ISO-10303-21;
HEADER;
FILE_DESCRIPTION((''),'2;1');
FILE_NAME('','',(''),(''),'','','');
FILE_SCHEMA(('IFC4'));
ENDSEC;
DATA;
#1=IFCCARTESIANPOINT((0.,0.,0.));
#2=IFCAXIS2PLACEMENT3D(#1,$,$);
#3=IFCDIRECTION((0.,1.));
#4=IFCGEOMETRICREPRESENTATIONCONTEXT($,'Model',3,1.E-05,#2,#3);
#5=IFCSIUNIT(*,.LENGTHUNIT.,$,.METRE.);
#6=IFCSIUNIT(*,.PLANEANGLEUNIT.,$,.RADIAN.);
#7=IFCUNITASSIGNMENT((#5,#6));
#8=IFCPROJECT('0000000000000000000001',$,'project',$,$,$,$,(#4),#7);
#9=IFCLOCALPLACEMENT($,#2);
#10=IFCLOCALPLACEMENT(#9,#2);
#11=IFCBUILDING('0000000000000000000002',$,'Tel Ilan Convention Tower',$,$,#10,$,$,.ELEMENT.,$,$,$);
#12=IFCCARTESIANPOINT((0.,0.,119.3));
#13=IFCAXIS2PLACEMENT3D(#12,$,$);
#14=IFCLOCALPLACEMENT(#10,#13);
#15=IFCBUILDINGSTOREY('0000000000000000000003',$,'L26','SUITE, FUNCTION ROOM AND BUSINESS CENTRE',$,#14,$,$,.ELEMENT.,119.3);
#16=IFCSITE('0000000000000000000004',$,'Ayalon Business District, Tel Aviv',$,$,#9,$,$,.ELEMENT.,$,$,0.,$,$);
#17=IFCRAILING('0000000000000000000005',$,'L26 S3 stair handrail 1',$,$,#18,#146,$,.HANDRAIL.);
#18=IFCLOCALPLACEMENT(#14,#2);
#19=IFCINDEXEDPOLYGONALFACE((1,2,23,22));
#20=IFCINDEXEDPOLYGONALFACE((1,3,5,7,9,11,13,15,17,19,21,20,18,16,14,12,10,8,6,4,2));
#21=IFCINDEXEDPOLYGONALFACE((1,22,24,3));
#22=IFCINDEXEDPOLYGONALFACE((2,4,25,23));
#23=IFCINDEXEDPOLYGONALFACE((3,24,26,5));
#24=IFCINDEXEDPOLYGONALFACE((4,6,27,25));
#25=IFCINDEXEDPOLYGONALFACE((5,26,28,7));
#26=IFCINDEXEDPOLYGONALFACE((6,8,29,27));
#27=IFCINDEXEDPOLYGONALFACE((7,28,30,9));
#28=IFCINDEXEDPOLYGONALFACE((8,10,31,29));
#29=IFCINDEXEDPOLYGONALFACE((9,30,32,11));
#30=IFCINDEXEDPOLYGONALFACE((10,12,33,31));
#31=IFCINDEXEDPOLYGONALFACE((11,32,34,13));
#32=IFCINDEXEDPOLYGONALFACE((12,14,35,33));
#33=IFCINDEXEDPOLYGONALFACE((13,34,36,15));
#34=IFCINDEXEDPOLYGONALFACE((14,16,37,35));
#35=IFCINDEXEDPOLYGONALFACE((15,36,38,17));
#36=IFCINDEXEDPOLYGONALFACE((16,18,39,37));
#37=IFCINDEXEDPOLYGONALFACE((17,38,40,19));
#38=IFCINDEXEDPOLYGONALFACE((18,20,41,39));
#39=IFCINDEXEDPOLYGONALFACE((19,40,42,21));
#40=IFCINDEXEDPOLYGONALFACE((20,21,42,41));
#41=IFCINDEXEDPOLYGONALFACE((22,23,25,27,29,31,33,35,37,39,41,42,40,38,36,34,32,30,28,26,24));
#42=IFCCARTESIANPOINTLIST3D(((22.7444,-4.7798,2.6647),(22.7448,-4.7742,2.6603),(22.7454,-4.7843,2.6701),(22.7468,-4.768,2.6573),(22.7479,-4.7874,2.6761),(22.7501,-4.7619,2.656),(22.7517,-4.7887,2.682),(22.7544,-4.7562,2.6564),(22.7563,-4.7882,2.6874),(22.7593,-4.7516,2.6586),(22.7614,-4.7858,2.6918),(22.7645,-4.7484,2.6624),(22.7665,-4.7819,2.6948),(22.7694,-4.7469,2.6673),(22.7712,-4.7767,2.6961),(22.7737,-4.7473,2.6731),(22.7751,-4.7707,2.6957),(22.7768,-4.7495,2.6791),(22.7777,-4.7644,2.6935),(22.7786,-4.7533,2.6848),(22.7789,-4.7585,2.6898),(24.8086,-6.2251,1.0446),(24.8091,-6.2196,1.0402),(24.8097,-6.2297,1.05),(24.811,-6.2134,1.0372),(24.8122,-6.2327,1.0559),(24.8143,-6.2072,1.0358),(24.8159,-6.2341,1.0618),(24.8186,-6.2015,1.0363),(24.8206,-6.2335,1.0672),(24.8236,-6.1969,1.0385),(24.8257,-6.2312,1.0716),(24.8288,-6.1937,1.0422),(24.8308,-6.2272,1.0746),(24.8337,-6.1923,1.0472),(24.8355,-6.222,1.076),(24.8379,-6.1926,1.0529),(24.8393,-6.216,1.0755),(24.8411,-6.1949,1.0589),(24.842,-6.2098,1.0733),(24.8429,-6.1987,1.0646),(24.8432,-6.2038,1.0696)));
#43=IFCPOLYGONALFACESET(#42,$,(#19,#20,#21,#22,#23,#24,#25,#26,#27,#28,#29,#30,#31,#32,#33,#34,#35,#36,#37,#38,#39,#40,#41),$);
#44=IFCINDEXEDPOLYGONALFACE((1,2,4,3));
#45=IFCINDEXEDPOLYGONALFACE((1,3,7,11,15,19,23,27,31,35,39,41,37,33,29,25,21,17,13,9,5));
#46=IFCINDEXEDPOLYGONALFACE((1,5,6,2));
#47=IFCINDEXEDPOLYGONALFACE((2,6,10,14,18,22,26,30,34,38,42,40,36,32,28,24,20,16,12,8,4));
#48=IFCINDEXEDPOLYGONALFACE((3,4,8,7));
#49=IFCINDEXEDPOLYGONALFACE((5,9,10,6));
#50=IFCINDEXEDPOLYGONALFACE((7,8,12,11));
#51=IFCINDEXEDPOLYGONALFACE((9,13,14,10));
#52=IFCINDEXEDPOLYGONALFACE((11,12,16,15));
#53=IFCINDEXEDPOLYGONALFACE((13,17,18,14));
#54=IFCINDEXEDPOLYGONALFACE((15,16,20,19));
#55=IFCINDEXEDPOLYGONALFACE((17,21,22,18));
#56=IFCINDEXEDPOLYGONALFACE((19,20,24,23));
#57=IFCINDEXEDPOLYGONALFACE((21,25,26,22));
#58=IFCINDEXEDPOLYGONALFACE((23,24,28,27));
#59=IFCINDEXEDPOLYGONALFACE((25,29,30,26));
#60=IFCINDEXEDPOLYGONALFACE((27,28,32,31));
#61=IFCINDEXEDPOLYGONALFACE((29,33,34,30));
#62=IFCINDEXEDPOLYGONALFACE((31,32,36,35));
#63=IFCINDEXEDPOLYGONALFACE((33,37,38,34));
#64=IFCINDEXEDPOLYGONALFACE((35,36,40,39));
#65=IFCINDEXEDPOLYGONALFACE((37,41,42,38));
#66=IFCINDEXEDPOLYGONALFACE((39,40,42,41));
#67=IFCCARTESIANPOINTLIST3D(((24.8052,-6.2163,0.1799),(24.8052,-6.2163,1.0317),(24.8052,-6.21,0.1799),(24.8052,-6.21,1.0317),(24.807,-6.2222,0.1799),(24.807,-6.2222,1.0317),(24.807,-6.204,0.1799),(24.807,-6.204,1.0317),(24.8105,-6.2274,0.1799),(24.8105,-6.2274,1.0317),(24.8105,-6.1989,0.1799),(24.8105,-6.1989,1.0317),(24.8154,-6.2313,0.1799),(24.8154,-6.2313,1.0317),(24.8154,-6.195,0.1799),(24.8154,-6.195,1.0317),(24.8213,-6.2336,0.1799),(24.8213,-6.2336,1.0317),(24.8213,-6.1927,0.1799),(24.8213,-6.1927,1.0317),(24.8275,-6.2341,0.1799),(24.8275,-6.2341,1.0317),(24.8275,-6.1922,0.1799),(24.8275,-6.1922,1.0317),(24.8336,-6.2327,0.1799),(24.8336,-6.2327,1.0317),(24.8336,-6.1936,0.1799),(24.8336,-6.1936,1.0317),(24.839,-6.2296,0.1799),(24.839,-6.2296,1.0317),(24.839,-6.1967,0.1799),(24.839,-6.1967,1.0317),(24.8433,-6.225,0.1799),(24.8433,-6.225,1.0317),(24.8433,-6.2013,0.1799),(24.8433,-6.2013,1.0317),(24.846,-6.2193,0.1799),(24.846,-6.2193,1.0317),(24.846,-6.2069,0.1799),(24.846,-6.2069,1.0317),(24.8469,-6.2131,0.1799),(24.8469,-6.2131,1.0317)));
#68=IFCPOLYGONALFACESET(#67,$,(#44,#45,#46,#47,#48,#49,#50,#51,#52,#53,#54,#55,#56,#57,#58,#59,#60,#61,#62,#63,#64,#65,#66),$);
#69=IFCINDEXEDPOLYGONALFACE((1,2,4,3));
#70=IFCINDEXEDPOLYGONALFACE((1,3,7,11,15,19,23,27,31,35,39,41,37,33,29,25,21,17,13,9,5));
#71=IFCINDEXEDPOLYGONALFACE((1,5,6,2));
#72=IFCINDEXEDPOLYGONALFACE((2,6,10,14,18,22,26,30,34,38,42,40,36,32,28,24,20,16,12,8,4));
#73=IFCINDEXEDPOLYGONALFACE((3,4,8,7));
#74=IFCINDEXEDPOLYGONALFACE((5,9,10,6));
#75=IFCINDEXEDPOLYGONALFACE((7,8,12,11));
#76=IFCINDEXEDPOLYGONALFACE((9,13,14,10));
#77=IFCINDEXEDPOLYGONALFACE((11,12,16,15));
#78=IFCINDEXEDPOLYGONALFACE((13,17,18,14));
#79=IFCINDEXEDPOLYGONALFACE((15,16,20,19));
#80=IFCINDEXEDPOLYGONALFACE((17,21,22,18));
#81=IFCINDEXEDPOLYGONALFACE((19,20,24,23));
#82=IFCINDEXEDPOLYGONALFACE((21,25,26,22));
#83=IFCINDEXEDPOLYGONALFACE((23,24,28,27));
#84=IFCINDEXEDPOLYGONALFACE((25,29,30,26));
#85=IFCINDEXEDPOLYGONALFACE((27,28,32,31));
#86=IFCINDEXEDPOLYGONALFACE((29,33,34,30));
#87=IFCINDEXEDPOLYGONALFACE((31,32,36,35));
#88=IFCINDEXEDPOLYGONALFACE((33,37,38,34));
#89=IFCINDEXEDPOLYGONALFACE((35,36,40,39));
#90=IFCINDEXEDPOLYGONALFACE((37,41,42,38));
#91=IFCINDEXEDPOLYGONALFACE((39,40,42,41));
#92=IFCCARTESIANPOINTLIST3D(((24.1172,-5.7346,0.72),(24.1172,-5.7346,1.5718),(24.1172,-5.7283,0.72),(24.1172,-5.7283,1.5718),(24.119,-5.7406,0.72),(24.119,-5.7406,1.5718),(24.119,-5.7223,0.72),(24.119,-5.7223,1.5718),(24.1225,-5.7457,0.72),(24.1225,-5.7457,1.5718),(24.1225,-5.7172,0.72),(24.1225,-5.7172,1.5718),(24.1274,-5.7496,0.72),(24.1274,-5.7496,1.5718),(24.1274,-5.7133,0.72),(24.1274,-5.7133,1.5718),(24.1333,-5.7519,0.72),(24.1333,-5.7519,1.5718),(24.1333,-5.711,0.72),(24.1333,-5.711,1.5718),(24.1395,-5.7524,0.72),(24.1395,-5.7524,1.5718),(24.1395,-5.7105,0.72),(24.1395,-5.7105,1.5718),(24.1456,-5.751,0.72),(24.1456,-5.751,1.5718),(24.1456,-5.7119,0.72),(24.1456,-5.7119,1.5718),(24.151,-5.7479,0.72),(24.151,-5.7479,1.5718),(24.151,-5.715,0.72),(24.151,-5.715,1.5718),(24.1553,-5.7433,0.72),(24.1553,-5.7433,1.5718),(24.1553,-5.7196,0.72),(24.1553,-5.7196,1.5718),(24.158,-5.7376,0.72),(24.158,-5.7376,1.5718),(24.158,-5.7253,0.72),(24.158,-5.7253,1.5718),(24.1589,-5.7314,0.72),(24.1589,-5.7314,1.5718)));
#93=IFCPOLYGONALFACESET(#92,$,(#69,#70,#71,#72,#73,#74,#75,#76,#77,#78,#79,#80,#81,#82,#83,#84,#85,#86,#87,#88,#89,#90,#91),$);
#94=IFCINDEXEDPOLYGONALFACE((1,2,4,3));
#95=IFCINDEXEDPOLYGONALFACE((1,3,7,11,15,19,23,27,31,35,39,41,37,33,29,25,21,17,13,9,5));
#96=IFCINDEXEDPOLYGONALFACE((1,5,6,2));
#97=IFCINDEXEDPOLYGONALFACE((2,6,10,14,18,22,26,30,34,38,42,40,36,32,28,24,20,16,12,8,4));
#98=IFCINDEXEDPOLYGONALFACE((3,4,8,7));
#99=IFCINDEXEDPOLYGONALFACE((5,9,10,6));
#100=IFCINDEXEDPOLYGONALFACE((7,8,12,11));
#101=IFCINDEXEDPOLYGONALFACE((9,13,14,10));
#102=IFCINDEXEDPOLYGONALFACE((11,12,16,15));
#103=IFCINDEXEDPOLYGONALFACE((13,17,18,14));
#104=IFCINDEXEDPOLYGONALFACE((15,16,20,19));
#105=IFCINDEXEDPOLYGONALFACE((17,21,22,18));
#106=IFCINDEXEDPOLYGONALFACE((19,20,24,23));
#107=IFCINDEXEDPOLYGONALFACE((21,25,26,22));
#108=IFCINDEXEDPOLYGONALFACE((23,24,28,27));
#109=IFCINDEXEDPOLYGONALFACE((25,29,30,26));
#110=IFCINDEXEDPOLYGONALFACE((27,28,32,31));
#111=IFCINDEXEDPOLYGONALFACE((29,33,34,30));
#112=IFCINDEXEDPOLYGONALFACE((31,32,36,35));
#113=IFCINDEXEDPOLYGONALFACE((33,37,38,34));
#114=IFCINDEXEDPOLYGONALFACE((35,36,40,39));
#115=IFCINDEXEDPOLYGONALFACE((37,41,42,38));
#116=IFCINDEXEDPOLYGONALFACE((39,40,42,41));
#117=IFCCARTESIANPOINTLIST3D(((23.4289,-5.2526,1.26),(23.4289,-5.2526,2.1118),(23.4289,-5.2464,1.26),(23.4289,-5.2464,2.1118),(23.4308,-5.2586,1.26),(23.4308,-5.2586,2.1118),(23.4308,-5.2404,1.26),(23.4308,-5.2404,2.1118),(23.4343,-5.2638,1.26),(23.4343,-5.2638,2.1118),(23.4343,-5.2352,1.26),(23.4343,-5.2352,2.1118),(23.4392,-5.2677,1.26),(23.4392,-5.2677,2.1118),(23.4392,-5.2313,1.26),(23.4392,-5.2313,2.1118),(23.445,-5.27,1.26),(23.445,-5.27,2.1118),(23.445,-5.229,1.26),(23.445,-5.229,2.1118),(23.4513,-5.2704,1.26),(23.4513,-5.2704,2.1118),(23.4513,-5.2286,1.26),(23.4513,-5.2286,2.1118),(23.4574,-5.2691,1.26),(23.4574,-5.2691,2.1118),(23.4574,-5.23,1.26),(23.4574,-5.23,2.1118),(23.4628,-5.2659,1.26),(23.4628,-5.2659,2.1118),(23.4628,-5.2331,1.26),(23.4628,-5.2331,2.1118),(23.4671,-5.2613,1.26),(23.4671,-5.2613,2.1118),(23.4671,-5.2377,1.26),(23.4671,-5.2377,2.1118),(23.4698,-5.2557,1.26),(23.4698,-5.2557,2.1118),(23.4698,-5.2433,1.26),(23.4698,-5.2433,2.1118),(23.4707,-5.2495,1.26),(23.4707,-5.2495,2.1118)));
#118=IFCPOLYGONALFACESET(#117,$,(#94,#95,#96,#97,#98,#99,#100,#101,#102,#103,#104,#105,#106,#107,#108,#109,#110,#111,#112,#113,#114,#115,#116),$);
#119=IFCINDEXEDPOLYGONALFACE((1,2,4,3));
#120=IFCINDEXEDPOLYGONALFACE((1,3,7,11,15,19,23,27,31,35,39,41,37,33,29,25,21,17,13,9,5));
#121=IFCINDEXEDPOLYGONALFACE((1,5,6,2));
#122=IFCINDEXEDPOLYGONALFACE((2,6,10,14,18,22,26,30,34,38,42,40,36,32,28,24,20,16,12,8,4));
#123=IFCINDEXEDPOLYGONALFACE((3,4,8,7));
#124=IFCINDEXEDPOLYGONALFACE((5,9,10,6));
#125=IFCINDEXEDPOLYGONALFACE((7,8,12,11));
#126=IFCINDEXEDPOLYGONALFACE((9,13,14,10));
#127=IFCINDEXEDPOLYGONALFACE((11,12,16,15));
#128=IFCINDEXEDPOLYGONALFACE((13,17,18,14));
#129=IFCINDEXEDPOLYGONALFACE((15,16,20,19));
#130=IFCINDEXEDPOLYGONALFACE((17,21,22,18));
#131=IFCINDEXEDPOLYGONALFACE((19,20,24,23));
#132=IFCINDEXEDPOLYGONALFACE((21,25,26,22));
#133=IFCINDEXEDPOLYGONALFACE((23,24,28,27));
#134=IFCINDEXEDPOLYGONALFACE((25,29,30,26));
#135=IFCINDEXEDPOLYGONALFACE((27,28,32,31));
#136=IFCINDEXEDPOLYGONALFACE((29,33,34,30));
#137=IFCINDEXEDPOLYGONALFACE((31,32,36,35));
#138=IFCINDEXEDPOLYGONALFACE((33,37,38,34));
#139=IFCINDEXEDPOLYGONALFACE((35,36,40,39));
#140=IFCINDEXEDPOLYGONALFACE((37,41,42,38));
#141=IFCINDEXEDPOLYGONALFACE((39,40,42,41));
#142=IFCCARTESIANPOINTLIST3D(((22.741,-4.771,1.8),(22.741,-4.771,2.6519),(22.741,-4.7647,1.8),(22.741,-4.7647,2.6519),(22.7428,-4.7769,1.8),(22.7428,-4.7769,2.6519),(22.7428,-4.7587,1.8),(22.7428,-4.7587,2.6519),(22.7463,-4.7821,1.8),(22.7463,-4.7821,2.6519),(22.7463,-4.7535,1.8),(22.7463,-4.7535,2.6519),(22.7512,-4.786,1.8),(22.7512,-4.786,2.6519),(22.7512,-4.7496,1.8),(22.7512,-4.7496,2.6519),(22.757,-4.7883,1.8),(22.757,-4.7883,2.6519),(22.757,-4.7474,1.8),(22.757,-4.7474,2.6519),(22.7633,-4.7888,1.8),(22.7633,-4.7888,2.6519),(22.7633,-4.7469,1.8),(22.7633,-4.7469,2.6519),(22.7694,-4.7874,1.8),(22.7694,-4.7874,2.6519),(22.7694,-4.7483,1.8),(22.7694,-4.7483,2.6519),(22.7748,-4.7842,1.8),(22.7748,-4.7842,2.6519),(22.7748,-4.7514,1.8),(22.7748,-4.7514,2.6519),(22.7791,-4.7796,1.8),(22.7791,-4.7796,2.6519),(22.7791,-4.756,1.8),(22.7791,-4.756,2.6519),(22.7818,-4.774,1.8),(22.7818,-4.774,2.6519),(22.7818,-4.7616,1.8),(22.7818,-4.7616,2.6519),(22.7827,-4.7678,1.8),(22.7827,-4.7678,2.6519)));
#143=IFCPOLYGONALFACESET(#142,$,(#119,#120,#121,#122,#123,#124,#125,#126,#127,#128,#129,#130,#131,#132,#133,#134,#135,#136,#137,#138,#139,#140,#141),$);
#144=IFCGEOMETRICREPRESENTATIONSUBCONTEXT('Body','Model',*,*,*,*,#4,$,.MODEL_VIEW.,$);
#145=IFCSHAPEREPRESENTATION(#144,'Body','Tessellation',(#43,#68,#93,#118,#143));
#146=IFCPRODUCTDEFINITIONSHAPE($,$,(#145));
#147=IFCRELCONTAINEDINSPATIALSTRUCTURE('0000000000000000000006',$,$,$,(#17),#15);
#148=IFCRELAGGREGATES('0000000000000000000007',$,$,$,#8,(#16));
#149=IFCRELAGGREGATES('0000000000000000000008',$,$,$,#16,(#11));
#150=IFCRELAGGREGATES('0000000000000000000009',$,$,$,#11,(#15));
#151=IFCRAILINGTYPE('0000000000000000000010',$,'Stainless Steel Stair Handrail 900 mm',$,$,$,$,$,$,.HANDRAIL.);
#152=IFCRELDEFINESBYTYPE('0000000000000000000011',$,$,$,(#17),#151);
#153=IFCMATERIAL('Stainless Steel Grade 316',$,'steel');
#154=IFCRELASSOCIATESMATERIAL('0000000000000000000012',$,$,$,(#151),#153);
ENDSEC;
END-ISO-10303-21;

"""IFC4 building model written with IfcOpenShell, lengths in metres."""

from ifc_helpers import new_model, si_unit, direction, frame, origin, origin_2d, place, context, subcontext, project, spatial, circle, extrude, material, type_object, element, save


model = new_model("IFC4")

# Units and contexts
model_context = context("Model", 3, precision=1e-05, world=origin(), true_north=direction((0.0, 1.0)))
body_context = subcontext(model_context, "Body", "Model", "MODEL_VIEW")
ifc_project = project(units=[si_unit("LENGTHUNIT", "METRE"), si_unit("PLANEANGLEUNIT", "RADIAN")], contexts=[model_context])

# Site, building, storey
site_placement = place(None, origin())
site = spatial("IfcSite", under=ifc_project, at=site_placement, Name="Ayalon Business District, Tel Aviv", CompositionType="ELEMENT", RefElevation=0.0)
building_placement = place(site_placement, origin())
building = spatial("IfcBuilding", under=site, at=building_placement, Name="Tel Ilan Convention Tower", CompositionType="ELEMENT")
storey_placement = place(building_placement, frame((0.0, 0.0, 119.3)))
storey = spatial("IfcBuildingStorey", under=building, at=storey_placement, Name="L26", Description="SUITE, FUNCTION ROOM AND BUSINESS CENTRE", CompositionType="ELEMENT", Elevation=119.3)

# Railing
ifc_material_1 = material(Name="Stainless Steel Grade 316", Category="steel")
railing_type = type_object("IfcRailingType", Name="Stainless Steel Stair Handrail 900 mm", PredefinedType="HANDRAIL", material=ifc_material_1)
railing_placement = place(storey_placement, frame((24.8259, -6.2131, 0.1799)))
element("IfcRailing", 1, at=railing_placement, inside=storey, type_object=railing_type, Name="L26 S3 stair handrail 1", PredefinedType="HANDRAIL", context=body_context, shape_type="SweptSolid", body=[
    extrude(circle(Radius=0.0239, at=origin_2d()), frame((0.0, 0.0, 0.876), z_axis=(-0.68904, 0.48245, 0.540801), x_axis=(-0.57356, -0.819164, 0.0)), (0.0, 0.0, 1.0), 2.9958),
    extrude(circle(Radius=0.021, at=origin_2d()), origin(), (0.0, 0.0, 1.0), 0.8518),
    extrude(circle(Radius=0.021, at=origin_2d()), frame((-0.688, 0.4817, 0.54)), (0.0, 0.0, 1.0), 0.8518),
    extrude(circle(Radius=0.021, at=origin_2d()), frame((-1.3762, 0.9636, 1.0801)), (0.0, 0.0, 1.0), 0.8518),
    extrude(circle(Radius=0.021, at=origin_2d()), frame((-2.0642, 1.4453, 1.6201)), (0.0, 0.0, 1.0), 0.8518),
])

save(model, "model.ifc")
